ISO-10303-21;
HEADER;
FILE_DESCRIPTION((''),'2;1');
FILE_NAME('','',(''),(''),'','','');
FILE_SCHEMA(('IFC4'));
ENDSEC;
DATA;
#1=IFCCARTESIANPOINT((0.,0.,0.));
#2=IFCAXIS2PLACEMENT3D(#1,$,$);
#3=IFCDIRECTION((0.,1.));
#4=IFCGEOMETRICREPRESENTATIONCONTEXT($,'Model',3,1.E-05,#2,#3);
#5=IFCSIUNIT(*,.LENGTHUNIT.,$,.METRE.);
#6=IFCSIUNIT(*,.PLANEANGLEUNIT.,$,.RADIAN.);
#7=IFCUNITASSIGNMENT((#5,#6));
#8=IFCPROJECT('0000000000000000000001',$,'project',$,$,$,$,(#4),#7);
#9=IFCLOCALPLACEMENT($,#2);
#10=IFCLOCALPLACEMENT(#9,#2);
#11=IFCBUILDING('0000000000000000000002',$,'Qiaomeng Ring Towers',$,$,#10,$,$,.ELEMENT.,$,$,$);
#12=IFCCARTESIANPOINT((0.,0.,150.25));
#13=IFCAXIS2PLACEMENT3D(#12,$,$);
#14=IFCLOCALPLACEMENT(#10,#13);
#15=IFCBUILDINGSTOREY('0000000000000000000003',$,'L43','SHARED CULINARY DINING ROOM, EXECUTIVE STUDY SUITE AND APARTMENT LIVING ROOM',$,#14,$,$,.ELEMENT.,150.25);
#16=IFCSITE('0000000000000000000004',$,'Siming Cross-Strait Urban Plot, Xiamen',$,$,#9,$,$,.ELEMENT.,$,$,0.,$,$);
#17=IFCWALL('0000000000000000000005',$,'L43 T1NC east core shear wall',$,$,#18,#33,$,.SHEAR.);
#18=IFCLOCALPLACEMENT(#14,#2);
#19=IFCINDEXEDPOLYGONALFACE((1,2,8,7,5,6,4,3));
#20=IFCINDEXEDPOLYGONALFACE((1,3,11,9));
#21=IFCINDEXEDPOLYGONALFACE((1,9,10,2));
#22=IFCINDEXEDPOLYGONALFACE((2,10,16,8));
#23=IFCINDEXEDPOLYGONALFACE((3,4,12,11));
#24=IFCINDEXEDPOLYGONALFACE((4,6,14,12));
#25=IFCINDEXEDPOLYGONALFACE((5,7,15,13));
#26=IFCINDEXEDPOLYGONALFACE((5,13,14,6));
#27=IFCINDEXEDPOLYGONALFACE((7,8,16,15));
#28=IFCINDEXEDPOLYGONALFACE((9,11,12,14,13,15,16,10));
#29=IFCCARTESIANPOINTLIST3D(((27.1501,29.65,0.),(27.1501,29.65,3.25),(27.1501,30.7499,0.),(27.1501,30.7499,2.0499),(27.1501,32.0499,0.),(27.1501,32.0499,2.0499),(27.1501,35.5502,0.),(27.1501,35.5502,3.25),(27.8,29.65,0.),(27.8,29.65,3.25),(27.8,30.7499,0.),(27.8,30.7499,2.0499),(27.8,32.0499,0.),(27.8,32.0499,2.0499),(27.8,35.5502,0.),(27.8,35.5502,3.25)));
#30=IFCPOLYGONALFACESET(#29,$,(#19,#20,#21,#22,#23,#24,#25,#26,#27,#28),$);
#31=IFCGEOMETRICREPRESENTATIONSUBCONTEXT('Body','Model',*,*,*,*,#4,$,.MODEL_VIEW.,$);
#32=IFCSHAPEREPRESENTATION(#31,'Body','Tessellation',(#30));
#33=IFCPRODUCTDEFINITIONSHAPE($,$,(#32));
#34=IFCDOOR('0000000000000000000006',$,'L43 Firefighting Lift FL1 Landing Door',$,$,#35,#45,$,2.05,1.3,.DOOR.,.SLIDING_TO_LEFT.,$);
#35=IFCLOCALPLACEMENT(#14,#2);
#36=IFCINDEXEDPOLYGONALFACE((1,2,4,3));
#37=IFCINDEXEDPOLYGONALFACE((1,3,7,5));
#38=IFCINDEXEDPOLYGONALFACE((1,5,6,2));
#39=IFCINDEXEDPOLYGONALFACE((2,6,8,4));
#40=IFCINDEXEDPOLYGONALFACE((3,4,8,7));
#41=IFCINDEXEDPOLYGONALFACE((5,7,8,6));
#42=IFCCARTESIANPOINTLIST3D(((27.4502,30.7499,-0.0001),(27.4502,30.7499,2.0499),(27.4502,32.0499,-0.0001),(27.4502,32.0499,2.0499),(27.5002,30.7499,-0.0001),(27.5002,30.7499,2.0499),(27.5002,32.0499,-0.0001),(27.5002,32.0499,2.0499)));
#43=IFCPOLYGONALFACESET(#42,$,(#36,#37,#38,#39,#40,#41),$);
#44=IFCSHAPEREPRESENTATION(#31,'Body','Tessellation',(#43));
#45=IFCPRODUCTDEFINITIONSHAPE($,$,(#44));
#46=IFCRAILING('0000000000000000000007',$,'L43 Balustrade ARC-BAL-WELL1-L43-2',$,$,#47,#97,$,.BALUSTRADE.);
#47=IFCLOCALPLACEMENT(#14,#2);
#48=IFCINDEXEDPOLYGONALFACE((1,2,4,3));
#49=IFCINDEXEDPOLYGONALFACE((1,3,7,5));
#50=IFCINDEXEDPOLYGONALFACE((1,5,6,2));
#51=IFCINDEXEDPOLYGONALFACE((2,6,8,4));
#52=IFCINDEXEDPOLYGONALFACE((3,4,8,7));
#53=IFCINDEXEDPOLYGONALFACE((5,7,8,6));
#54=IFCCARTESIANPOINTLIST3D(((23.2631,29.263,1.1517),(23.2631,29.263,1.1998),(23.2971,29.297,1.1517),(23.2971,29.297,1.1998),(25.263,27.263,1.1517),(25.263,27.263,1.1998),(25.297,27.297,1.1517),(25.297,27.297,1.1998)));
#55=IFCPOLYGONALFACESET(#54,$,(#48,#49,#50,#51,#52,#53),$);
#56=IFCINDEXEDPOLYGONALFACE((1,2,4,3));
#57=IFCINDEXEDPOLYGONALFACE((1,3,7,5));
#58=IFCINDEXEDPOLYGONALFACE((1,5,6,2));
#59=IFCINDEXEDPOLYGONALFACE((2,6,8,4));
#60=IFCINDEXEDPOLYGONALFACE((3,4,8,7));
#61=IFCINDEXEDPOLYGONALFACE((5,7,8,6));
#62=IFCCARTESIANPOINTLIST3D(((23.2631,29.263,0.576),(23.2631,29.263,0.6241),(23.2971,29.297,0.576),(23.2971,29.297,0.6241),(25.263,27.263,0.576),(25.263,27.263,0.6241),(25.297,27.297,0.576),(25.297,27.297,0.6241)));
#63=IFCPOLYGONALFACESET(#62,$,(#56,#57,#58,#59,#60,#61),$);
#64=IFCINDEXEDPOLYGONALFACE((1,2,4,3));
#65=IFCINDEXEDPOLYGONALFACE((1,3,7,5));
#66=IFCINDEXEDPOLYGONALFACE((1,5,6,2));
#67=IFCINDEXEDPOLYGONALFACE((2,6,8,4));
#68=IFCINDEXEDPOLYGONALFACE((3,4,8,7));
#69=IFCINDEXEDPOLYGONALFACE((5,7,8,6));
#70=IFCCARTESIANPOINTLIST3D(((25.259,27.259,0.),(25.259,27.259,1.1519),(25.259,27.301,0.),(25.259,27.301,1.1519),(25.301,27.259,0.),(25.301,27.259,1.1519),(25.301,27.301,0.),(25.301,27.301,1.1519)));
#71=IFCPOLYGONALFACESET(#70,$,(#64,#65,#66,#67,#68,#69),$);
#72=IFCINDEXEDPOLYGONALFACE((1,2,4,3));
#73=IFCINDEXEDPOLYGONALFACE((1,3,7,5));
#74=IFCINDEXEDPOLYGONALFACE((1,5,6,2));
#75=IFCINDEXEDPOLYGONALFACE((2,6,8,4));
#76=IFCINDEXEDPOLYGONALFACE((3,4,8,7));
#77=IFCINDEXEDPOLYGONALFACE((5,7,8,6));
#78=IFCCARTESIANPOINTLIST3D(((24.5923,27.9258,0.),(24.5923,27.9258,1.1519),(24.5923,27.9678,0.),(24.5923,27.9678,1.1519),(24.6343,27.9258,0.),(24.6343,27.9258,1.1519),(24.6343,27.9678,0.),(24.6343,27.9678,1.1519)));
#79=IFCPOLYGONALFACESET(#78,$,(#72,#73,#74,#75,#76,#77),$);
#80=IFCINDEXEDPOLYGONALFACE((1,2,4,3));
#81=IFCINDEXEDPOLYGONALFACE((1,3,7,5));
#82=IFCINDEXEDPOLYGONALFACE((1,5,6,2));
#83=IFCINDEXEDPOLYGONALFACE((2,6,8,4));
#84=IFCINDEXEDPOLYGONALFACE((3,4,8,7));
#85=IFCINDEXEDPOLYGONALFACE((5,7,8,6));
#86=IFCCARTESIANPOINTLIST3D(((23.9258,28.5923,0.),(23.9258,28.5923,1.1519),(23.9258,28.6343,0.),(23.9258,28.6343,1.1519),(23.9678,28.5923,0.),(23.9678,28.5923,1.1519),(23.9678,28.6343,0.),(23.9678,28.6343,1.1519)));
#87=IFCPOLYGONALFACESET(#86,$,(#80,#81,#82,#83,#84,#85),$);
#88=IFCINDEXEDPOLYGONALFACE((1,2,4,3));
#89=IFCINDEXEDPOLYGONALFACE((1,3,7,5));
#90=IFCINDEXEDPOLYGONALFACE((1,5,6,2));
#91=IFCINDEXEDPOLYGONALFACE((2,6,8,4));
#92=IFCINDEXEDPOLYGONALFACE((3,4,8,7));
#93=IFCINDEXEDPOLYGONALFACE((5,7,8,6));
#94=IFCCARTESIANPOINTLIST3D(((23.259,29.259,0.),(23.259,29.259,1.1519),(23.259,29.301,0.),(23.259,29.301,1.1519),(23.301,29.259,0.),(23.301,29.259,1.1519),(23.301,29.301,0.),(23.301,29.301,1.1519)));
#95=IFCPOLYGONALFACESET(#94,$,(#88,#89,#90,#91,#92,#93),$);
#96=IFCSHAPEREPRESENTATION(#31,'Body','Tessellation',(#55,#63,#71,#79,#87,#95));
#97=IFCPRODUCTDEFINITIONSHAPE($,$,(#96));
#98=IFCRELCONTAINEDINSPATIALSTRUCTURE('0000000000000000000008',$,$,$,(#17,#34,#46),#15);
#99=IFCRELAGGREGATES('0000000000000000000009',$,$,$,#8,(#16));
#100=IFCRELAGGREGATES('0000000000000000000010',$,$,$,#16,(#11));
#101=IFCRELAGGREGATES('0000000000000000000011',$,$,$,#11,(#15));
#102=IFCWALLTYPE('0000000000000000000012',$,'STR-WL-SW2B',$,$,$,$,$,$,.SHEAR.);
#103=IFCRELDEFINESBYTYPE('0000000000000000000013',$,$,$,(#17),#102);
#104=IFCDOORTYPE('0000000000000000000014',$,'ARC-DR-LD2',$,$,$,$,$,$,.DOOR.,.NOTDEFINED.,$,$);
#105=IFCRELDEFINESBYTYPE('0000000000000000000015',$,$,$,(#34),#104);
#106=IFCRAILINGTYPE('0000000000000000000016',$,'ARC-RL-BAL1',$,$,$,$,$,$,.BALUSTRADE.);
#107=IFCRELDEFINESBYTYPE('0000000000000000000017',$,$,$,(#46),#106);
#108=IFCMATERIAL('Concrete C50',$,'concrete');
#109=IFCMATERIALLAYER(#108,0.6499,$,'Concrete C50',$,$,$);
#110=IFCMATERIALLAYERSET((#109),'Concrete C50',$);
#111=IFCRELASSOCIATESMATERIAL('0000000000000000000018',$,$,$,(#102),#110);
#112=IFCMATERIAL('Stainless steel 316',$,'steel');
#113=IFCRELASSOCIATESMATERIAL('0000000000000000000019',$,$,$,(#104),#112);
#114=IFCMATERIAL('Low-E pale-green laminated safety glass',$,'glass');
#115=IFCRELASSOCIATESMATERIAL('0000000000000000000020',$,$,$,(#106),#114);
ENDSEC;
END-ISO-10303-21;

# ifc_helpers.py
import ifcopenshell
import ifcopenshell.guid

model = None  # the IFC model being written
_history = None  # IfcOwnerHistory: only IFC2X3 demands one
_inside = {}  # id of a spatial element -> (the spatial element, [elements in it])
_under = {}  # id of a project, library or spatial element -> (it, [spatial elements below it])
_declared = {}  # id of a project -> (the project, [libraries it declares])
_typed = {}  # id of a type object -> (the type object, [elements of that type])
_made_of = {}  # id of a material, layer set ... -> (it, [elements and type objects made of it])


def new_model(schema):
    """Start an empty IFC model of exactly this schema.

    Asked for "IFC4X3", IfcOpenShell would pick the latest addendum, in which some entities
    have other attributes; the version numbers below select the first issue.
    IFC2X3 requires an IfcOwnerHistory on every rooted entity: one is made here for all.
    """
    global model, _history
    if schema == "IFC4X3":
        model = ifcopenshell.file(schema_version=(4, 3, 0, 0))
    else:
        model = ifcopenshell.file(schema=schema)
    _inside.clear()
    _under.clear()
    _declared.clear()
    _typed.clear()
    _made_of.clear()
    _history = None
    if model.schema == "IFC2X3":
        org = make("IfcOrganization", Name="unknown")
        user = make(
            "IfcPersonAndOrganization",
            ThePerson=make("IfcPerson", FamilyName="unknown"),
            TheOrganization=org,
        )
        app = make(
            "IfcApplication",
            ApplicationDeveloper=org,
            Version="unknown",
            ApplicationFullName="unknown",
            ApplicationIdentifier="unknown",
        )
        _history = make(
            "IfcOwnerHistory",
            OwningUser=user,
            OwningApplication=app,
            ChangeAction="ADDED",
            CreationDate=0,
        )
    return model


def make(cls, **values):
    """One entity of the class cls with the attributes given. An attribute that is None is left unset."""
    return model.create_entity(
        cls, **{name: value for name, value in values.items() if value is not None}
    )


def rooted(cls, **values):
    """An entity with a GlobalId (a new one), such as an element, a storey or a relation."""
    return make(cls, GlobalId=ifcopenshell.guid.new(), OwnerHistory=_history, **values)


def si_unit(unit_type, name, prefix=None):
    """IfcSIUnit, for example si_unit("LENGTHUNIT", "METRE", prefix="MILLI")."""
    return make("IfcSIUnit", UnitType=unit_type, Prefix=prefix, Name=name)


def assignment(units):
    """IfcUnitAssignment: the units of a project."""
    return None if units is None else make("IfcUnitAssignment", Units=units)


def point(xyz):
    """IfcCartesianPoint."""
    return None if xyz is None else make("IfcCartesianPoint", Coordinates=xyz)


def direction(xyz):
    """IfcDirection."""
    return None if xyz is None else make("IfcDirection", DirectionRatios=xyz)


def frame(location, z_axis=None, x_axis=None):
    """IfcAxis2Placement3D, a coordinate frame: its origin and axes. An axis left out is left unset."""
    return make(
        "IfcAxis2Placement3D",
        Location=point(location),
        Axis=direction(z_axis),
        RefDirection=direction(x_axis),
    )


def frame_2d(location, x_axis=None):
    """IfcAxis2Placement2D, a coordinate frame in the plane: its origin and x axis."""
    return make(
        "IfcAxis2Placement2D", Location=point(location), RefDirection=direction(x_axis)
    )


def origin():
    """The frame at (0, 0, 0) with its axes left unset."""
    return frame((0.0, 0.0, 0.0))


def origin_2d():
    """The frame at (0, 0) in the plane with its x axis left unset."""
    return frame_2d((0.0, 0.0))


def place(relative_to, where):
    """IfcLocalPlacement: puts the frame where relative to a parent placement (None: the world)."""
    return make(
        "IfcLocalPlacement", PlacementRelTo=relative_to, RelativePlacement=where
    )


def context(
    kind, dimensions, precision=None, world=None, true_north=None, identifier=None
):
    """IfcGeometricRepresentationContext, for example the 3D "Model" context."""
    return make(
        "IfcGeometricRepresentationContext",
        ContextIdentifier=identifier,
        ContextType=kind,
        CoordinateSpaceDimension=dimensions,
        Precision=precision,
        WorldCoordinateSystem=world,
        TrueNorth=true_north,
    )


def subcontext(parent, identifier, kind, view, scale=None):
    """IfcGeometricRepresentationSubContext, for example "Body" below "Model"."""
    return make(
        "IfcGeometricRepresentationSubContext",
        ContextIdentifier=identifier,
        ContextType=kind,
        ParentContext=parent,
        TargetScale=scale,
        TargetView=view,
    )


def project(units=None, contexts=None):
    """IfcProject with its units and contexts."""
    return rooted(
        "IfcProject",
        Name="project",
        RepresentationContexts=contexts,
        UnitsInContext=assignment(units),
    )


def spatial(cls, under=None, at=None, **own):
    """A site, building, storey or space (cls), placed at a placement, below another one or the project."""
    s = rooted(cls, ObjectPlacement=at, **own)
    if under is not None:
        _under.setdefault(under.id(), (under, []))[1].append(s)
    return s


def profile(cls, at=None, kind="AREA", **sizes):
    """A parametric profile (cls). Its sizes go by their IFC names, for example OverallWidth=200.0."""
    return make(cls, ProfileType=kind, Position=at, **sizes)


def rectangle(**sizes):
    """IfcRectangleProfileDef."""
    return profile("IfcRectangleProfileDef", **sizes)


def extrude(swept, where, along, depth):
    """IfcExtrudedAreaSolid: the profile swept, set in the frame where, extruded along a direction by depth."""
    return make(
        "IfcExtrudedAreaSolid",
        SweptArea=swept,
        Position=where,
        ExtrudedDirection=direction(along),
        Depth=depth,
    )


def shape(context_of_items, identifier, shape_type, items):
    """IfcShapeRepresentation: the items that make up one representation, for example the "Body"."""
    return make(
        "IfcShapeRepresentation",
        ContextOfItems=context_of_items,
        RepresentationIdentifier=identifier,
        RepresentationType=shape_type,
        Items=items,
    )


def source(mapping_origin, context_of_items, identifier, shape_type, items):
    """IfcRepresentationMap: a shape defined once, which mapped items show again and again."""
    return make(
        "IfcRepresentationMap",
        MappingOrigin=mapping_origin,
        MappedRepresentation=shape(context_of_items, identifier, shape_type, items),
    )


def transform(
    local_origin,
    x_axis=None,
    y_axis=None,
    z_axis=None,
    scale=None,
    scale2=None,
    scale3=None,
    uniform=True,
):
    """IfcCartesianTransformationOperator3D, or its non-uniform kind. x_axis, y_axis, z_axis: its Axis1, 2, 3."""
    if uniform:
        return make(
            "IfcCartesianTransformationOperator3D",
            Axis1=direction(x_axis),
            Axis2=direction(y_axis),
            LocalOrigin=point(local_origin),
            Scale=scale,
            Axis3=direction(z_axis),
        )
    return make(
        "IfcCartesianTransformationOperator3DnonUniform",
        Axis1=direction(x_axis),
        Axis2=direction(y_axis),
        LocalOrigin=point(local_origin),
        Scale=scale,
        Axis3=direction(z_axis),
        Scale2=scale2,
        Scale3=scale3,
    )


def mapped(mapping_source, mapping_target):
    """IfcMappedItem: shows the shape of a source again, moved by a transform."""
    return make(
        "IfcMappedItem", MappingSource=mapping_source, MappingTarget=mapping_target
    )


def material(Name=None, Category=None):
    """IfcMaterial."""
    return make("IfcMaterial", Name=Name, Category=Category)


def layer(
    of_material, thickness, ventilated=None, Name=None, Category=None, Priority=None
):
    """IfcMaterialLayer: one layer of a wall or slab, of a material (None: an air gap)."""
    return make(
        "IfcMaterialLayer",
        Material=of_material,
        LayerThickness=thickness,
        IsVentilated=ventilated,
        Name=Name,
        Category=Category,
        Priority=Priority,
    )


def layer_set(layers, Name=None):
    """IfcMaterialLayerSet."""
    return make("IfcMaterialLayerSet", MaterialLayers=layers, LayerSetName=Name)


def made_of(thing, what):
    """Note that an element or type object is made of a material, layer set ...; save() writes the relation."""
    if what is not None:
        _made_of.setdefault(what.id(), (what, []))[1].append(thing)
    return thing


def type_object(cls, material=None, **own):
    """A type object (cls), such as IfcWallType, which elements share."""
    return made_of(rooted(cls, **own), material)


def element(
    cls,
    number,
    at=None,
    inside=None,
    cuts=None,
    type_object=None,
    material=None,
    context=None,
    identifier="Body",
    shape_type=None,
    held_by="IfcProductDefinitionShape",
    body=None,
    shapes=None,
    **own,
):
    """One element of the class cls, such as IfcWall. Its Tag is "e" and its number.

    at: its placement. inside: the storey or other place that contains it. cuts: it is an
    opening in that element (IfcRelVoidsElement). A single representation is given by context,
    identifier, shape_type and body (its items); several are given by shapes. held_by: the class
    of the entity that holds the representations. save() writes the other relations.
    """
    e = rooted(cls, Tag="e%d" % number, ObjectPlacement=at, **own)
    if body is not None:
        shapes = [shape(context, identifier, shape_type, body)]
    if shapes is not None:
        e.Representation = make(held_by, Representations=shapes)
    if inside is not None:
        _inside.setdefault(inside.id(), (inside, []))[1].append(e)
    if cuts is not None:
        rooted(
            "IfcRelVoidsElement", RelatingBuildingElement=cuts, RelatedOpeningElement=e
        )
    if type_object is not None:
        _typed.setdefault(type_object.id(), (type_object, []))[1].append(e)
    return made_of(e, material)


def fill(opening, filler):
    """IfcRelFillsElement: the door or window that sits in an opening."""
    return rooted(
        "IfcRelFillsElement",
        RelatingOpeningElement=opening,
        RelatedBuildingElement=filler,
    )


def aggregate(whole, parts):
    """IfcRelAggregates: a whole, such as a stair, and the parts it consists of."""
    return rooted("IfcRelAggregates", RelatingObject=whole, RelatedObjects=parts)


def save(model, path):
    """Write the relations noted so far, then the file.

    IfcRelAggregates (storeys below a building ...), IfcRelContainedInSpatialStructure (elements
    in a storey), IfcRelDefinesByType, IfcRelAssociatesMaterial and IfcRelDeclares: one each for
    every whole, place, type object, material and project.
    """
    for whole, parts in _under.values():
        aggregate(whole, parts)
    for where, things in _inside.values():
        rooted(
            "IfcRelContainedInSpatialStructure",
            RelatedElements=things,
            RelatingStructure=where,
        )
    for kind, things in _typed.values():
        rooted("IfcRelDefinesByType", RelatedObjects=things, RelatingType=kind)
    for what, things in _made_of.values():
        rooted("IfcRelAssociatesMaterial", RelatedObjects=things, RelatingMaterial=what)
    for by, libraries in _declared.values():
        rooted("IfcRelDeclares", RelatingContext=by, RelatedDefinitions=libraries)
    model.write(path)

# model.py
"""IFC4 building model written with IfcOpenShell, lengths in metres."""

from ifc_helpers import new_model, si_unit, direction, frame, frame_2d, origin, origin_2d, place, context, subcontext, project, spatial, rectangle, extrude, source, transform, mapped, material, layer, layer_set, type_object, element, fill, save


model = new_model("IFC4")

# Units and contexts
model_context = context("Model", 3, precision=1e-05, world=origin(), true_north=direction((0.0, 1.0)))
body_context = subcontext(model_context, "Body", "Model", "MODEL_VIEW")
ifc_project = project(units=[si_unit("LENGTHUNIT", "METRE"), si_unit("PLANEANGLEUNIT", "RADIAN")], contexts=[model_context])

# Site, building, storey
site_placement = place(None, origin())
site = spatial("IfcSite", under=ifc_project, at=site_placement, Name="Siming Cross-Strait Urban Plot, Xiamen", CompositionType="ELEMENT", RefElevation=0.0)
building_placement = place(site_placement, origin())
building = spatial("IfcBuilding", under=site, at=building_placement, Name="Qiaomeng Ring Towers", CompositionType="ELEMENT")
storey_placement = place(building_placement, frame((0.0, 0.0, 150.25)))
storey = spatial("IfcBuildingStorey", under=building, at=storey_placement, Name="L43", Description="SHARED CULINARY DINING ROOM, EXECUTIVE STUDY SUITE AND APARTMENT LIVING ROOM", CompositionType="ELEMENT", Elevation=150.25)

# Shared definitions
ifc_material_1 = material(Name="Concrete C50", Category="concrete")

# Wall, opening, door
ifc_layer_1 = layer(ifc_material_1, 0.6499, Name="Concrete C50")
ifc_layer_set_1 = layer_set([ifc_layer_1], Name="Concrete C50")
wall_type_1 = type_object("IfcWallType", Name="STR-WL-SW2B", PredefinedType="SHEAR", material=ifc_layer_set_1)
wall_1_placement = place(storey_placement, frame((27.4751, 29.6499, 0.0), z_axis=(0.0, 0.0, 1.0), x_axis=(0.0, 1.0, 0.0)))
wall_1 = element("IfcWall", 1, at=wall_1_placement, inside=storey, type_object=wall_type_1, Name="L43 T1NC east core shear wall", PredefinedType="SHEAR", context=body_context, shape_type="SweptSolid", body=[
    extrude(rectangle(XDim=5.9001, YDim=0.6499, at=frame_2d((2.9502, 0.0))), origin(), (0.0, 0.0, 1.0), 3.25),
])
opening_1_placement = place(wall_1_placement, frame((1.1001, 0.0, 0.0)))
opening_1 = element("IfcOpeningElement", 2, at=opening_1_placement, cuts=wall_1, PredefinedType="OPENING", context=body_context, shape_type="SweptSolid", body=[
    extrude(rectangle(XDim=1.3, YDim=2.05, at=frame_2d((0.6499, 1.0249))), frame((0.0, 0.335, 0.0), z_axis=(0.0, -1.0, 0.0), x_axis=(1.0, 0.0, 0.0)), (0.0, 0.0, 1.0), 0.6699),
])
ifc_material_2 = material(Name="Stainless steel 316", Category="steel")
door_type_1 = type_object("IfcDoorType", Name="ARC-DR-LD2", OperationType="NOTDEFINED", PredefinedType="DOOR", material=ifc_material_2)
shared_shape_1 = source(origin(), body_context, "Body", "SweptSolid", [
    extrude(rectangle(XDim=1.3, YDim=2.05, at=frame_2d((0.6499, 1.0249))), frame((0.0, 0.0249, 0.0), z_axis=(0.0, -1.0, 0.0), x_axis=(1.0, 0.0, 0.0)), (0.0, 0.0, 1.0), 0.05),
])
door_1_placement = place(opening_1_placement, origin())
door_1 = element("IfcDoor", 3, at=door_1_placement, inside=storey, type_object=door_type_1, Name="L43 Firefighting Lift FL1 Landing Door", OperationType="SLIDING_TO_LEFT", OverallHeight=2.05, OverallWidth=1.3, PredefinedType="DOOR", context=body_context, shape_type="MappedRepresentation", body=[
    mapped(shared_shape_1, transform((0.0, 0.0, 0.0), x_axis=(1.0, 0.0, 0.0), y_axis=(0.0, 1.0, 0.0), z_axis=(0.0, 0.0, 1.0), scale=1.0)),
])
fill(opening_1, door_1)

# Railing
ifc_material_3 = material(Name="Low-E pale-green laminated safety glass", Category="glass")
railing_type = type_object("IfcRailingType", Name="ARC-RL-BAL1", PredefinedType="BALUSTRADE", material=ifc_material_3)
railing_placement = place(storey_placement, frame((25.28, 27.28, 0.0)))
element("IfcRailing", 4, at=railing_placement, inside=storey, type_object=railing_type, Name="L43 Balustrade ARC-BAL-WELL1-L43-2", PredefinedType="BALUSTRADE", context=body_context, shape_type="SweptSolid", body=[
    extrude(rectangle(XDim=0.0481, YDim=0.0481, at=origin_2d()), frame((0.0, 0.0, 1.1758), z_axis=(-0.707107, 0.707107, 0.0), x_axis=(-0.707107, -0.707107, 0.0)), (0.0, 0.0, 1.0), 2.8284),
    extrude(rectangle(XDim=0.0481, YDim=0.0481, at=origin_2d()), frame((0.0, 0.0, 0.6001), z_axis=(-0.707107, 0.707107, 0.0), x_axis=(-0.707107, -0.707107, 0.0)), (0.0, 0.0, 1.0), 2.8284),
    extrude(rectangle(XDim=0.042, YDim=0.042, at=origin_2d()), origin(), (0.0, 0.0, 1.0), 1.1519),
    extrude(rectangle(XDim=0.042, YDim=0.042, at=origin_2d()), frame((-0.6667, 0.6667, 0.0)), (0.0, 0.0, 1.0), 1.1519),
    extrude(rectangle(XDim=0.042, YDim=0.042, at=origin_2d()), frame((-1.3333, 1.3333, 0.0)), (0.0, 0.0, 1.0), 1.1519),
    extrude(rectangle(XDim=0.042, YDim=0.042, at=origin_2d()), frame((-2.0, 2.0, 0.0)), (0.0, 0.0, 1.0), 1.1519),
])

save(model, "model.ifc")
